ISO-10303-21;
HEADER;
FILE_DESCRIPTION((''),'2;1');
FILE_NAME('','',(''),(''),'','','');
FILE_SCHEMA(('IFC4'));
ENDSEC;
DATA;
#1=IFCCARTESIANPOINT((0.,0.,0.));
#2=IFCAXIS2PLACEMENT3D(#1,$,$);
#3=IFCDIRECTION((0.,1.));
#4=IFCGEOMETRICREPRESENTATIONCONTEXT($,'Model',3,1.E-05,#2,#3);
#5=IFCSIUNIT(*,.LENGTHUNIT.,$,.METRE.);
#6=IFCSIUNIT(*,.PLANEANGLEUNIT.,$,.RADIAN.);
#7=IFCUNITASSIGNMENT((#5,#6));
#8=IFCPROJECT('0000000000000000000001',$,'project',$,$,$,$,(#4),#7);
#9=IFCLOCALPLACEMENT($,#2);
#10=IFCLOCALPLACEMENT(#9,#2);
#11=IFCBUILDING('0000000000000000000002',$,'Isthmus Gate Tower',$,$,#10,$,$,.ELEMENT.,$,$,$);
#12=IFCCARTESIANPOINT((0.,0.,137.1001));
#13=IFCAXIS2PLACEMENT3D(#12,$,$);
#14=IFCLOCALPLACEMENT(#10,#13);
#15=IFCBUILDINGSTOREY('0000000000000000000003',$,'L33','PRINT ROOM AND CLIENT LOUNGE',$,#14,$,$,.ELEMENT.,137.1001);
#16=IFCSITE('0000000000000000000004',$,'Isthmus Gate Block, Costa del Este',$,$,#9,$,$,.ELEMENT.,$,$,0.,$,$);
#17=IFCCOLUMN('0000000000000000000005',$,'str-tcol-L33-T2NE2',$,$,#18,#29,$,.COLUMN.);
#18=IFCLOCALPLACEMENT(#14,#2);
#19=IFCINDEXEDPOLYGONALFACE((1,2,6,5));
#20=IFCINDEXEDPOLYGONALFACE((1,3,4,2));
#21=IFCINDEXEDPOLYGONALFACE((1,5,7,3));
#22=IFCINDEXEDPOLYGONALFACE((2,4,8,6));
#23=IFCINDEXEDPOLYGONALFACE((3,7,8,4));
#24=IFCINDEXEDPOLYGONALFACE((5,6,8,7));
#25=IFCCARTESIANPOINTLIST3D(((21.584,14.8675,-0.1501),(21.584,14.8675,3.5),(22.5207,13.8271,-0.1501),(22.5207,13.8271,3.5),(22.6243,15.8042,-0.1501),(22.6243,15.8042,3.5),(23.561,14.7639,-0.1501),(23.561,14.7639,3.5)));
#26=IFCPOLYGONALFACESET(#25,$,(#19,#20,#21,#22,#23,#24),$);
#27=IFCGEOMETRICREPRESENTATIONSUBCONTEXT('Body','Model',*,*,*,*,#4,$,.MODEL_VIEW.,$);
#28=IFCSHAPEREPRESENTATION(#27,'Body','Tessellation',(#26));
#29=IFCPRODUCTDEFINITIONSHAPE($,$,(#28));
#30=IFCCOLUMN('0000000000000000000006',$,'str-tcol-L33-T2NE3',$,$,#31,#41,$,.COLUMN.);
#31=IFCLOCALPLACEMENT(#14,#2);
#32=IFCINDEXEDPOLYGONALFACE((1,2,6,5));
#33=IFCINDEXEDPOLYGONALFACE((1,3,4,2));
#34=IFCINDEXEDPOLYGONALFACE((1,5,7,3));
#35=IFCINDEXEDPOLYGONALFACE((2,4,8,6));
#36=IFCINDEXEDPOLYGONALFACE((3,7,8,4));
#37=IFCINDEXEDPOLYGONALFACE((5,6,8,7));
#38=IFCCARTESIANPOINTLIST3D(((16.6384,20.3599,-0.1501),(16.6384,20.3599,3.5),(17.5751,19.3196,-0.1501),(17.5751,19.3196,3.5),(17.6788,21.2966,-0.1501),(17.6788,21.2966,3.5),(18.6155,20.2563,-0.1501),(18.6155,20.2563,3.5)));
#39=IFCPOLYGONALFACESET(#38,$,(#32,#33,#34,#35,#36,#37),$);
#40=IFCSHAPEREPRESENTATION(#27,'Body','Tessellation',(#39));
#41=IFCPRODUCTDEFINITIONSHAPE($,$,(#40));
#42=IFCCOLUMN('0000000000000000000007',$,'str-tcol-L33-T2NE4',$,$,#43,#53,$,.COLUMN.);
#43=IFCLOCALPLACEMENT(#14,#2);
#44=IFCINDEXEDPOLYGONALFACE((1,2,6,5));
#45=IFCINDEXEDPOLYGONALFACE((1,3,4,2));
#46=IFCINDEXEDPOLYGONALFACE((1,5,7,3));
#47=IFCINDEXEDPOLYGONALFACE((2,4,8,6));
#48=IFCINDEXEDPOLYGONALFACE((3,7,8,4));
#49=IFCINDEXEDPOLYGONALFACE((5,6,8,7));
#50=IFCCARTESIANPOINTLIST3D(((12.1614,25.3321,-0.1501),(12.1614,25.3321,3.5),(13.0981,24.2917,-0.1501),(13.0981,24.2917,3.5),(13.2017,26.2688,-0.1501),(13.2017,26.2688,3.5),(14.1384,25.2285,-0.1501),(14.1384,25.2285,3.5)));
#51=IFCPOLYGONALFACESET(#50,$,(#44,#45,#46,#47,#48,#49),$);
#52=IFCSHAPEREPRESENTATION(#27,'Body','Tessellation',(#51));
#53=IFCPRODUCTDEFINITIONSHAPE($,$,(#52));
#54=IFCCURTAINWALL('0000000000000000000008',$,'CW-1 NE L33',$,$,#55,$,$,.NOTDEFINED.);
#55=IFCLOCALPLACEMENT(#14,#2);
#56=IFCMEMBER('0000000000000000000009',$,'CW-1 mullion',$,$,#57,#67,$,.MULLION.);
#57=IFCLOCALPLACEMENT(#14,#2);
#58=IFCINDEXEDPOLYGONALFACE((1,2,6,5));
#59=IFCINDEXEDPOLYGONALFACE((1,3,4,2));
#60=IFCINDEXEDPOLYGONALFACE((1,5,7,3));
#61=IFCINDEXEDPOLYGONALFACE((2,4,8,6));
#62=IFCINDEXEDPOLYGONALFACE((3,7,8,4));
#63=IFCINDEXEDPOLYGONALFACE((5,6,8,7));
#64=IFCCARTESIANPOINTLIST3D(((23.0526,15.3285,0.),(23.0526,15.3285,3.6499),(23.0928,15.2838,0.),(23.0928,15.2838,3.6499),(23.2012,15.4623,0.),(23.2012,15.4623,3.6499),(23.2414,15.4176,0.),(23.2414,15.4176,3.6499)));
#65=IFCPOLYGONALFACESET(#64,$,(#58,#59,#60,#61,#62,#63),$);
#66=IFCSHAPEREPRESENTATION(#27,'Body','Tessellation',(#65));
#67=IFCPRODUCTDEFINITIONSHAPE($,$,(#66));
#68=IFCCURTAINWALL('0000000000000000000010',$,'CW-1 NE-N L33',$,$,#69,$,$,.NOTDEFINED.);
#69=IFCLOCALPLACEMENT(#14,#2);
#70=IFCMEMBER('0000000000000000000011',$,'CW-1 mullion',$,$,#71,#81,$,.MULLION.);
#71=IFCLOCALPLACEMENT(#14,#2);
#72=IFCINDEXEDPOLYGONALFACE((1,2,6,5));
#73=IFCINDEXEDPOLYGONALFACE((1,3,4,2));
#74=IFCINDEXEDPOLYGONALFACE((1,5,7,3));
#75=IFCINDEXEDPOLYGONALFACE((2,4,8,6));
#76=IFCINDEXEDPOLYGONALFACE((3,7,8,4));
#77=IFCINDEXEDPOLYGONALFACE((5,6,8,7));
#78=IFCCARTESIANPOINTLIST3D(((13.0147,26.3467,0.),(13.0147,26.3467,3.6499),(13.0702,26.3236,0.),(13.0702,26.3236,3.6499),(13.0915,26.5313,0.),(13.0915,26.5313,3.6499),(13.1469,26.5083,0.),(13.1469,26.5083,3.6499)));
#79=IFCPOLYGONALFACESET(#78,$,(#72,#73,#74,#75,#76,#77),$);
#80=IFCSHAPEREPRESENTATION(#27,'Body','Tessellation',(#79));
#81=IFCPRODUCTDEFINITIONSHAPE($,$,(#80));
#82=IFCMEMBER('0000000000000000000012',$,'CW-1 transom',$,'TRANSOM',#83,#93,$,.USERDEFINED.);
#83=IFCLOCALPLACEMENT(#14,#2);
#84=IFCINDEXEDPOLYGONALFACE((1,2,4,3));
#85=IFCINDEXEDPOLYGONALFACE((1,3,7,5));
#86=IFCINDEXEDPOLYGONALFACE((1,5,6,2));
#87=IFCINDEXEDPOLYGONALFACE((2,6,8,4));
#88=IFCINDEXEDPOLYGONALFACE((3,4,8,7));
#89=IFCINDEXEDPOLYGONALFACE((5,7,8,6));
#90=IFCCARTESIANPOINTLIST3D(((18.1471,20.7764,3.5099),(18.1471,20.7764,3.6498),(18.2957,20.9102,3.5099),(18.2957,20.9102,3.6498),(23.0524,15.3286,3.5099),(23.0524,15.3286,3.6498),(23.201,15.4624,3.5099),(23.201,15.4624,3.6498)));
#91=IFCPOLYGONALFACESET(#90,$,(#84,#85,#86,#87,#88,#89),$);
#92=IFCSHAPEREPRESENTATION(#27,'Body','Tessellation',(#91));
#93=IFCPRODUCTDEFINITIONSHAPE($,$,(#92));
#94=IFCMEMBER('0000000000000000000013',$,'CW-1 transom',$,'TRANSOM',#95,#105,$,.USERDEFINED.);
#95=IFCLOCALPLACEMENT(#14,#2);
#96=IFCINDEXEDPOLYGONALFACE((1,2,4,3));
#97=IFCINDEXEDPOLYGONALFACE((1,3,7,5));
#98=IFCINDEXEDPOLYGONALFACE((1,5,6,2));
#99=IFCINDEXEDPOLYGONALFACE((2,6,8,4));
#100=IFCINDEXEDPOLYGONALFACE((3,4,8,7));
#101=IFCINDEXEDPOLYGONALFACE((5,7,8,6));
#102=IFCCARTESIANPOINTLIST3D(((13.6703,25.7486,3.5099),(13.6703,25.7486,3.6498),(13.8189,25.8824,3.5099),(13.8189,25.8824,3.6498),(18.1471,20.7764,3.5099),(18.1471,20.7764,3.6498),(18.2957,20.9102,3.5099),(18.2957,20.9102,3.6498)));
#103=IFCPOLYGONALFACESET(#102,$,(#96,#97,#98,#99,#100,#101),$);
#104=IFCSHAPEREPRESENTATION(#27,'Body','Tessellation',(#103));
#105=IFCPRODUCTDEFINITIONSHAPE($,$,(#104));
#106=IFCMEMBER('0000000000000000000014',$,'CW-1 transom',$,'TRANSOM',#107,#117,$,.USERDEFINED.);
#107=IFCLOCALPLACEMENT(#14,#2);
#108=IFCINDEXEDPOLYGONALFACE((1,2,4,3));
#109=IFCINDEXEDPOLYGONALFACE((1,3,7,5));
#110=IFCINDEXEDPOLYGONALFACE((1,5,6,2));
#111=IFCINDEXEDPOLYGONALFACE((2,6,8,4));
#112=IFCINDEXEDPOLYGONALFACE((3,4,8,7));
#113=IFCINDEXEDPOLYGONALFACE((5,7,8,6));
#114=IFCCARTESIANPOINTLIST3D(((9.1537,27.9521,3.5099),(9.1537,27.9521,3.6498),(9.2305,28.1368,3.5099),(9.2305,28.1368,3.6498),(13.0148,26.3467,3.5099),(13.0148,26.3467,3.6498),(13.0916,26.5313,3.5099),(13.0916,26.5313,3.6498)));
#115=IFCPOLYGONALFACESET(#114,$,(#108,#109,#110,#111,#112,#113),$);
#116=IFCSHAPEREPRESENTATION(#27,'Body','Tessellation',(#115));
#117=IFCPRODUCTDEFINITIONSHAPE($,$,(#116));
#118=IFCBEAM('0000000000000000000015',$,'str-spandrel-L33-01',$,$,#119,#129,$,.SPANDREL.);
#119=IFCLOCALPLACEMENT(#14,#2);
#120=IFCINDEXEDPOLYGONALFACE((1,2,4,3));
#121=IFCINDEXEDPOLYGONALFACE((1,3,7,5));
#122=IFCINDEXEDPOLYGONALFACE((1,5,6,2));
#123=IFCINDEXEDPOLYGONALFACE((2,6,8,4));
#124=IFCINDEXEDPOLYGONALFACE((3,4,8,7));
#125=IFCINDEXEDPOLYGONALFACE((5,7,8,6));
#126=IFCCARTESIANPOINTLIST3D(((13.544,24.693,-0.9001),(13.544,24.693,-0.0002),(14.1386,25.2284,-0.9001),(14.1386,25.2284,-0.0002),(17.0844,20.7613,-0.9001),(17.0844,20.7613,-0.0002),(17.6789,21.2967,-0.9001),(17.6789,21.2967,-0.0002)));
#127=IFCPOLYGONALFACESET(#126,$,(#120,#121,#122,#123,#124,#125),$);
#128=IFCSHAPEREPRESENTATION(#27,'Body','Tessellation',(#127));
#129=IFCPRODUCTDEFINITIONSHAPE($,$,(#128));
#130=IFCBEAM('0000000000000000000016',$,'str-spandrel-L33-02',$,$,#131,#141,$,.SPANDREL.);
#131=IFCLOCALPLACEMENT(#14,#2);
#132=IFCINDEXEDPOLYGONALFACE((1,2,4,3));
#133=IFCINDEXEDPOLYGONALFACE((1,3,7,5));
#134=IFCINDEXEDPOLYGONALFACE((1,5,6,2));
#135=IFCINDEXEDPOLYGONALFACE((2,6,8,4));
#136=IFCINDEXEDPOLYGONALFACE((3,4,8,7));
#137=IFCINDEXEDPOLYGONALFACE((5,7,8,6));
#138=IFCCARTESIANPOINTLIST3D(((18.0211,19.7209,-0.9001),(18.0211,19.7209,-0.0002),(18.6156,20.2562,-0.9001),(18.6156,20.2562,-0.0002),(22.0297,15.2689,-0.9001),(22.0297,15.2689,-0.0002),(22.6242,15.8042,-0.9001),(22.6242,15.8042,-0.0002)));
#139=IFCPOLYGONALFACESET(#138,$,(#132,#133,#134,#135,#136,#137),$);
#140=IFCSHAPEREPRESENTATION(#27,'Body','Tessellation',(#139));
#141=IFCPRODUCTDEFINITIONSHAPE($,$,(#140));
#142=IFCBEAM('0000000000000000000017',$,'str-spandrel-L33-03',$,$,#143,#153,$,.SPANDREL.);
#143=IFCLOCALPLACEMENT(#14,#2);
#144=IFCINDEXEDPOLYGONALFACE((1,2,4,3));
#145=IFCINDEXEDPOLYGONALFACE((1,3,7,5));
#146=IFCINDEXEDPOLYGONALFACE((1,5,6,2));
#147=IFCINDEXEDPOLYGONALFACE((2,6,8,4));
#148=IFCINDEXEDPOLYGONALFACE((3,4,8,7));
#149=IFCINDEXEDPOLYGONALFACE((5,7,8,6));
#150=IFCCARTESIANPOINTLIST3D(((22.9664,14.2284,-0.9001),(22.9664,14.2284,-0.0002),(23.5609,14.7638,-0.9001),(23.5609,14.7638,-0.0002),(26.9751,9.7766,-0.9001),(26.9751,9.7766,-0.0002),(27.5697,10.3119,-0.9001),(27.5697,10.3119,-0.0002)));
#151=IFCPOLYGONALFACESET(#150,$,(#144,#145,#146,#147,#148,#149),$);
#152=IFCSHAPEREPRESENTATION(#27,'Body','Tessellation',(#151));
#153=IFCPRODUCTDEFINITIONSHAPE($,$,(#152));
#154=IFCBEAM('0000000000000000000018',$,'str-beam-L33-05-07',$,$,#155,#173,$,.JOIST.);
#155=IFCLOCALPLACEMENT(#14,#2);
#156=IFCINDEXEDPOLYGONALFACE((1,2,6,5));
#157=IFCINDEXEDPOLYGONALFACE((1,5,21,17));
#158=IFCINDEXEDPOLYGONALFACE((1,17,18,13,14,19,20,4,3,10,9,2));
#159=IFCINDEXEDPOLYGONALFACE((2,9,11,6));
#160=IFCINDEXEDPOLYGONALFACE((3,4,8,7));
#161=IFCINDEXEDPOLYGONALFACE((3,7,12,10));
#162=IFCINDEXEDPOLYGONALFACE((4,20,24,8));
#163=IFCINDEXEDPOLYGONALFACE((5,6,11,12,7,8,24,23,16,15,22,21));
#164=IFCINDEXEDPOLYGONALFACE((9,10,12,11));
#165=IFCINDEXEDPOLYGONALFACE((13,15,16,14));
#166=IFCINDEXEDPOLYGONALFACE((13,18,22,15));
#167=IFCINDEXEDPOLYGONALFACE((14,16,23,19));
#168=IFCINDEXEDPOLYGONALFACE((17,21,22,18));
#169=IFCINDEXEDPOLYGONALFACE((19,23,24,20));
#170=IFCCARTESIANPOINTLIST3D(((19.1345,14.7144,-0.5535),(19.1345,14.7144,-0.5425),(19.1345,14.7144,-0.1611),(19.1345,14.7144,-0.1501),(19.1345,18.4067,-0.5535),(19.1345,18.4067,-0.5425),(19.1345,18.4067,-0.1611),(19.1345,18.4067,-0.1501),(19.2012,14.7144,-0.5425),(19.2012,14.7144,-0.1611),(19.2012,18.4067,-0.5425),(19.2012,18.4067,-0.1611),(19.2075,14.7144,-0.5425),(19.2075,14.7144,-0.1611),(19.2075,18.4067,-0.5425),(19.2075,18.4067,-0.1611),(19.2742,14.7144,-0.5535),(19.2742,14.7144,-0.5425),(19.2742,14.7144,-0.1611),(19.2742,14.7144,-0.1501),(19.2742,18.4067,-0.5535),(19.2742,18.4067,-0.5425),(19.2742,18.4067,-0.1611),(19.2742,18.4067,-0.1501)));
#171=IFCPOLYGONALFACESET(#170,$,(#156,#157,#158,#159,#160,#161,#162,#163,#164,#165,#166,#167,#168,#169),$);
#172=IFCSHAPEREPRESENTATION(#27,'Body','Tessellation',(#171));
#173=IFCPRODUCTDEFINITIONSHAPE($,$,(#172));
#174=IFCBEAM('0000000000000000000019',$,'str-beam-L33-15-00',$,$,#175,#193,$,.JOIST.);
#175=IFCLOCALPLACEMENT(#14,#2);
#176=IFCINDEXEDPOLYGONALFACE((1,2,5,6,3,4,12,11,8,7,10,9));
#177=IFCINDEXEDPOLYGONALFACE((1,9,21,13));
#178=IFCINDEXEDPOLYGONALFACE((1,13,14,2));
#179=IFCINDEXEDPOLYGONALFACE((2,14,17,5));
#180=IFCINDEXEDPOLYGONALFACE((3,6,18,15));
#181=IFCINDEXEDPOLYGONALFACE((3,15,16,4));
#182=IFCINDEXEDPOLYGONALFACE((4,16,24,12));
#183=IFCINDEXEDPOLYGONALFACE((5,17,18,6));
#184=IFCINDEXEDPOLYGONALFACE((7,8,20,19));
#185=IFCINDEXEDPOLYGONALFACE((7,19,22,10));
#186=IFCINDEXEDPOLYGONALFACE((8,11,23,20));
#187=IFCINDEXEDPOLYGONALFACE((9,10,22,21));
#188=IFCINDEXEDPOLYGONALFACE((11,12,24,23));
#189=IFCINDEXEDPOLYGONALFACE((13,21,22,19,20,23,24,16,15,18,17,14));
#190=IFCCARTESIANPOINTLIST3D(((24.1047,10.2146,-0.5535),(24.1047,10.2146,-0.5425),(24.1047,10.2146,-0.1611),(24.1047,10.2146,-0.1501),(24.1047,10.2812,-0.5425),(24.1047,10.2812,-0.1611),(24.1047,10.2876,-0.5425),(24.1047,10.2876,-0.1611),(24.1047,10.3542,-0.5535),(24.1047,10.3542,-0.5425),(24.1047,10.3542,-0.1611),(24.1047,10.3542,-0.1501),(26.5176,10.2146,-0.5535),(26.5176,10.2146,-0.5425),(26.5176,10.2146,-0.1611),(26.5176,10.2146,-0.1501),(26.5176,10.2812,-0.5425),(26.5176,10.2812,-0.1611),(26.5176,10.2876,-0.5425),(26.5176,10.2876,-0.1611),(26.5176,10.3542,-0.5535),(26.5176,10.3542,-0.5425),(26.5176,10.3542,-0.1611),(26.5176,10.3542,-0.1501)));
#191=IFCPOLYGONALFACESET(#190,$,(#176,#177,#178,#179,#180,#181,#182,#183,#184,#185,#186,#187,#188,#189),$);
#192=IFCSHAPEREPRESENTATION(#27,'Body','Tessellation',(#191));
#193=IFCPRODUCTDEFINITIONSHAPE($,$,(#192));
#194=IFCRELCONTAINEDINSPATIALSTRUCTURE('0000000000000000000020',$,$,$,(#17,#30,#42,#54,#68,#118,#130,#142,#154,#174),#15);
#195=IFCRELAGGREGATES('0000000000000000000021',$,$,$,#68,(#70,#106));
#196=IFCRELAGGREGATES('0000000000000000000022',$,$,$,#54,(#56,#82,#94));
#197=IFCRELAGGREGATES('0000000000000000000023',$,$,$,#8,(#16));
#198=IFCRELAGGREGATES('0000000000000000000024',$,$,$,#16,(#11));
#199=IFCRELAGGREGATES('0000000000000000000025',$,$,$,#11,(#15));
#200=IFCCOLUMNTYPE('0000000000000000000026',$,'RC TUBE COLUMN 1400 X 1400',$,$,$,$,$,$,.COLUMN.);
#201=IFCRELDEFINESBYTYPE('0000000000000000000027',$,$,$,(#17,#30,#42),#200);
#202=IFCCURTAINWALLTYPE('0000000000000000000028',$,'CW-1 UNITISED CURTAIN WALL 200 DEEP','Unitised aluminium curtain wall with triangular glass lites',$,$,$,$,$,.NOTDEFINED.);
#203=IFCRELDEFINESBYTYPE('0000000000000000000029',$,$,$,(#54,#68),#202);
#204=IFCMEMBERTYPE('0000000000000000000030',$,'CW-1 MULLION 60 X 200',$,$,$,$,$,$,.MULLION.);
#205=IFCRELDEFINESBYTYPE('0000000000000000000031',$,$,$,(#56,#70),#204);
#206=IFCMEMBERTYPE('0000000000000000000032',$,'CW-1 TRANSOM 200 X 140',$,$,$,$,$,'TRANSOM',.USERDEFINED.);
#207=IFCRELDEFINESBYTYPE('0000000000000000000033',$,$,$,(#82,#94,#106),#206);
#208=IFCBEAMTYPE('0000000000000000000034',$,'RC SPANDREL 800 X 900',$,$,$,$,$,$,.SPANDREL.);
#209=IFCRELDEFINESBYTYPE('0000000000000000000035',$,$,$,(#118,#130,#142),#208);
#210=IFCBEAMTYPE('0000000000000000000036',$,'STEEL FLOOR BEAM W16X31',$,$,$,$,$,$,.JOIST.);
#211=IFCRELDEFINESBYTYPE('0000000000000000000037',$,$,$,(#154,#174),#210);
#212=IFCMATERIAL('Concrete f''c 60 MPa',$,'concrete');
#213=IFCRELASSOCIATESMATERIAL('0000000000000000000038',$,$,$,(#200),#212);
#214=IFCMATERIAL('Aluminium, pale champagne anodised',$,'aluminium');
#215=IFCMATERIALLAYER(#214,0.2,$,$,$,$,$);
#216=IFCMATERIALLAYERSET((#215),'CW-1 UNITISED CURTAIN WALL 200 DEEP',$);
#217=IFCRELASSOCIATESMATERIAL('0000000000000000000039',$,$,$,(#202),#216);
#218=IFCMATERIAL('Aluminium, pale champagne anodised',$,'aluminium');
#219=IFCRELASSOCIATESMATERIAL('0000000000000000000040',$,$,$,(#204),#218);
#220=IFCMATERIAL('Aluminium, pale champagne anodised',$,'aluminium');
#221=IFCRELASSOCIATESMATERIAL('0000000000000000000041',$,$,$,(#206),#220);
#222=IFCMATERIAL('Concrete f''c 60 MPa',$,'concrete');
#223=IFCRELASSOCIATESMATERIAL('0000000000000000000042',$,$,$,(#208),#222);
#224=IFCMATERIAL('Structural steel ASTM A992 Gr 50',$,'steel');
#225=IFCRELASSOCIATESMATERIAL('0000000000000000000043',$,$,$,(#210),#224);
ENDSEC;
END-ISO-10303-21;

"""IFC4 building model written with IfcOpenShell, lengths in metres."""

from ifc_helpers import new_model, si_unit, direction, frame, origin, origin_2d, place, context, subcontext, project, spatial, rectangle, i_section, extrude, material, layer, layer_set, material_profile, profile_set, type_object, element, aggregate, save


model = new_model("IFC4")

# Units and contexts
model_context = context("Model", 3, precision=1e-05, world=origin(), true_north=direction((0.0, 1.0)))
body_context = subcontext(model_context, "Body", "Model", "MODEL_VIEW")
ifc_project = project(units=[si_unit("LENGTHUNIT", "METRE"), si_unit("PLANEANGLEUNIT", "RADIAN")], contexts=[model_context])

# Site, building, storey
site_placement = place(None, origin())
site = spatial("IfcSite", under=ifc_project, at=site_placement, Name="Isthmus Gate Block, Costa del Este", CompositionType="ELEMENT", RefElevation=0.0)
building_placement = place(site_placement, origin())
building = spatial("IfcBuilding", under=site, at=building_placement, Name="Isthmus Gate Tower", CompositionType="ELEMENT")
storey_placement = place(building_placement, frame((0.0, 0.0, 137.1001)))
storey = spatial("IfcBuildingStorey", under=building, at=storey_placement, Name="L33", Description="PRINT ROOM AND CLIENT LOUNGE", CompositionType="ELEMENT", Elevation=137.1001)

# Columns
ifc_material_1 = material(Name="Concrete f'c 60 MPa", Category="concrete")
ifc_material_profile_1 = material_profile(ifc_material_1, rectangle(XDim=1.3999, YDim=1.3999, at=origin_2d()), Name="RC 1400X1400")
ifc_profile_set_1 = profile_set([ifc_material_profile_1], Name="Concrete f'c 60 MPa")
column_type = type_object("IfcColumnType", Name="RC TUBE COLUMN 1400 X 1400", PredefinedType="COLUMN", material=ifc_profile_set_1)
for number, where, z_axis, x_axis, name in (
    (1, (22.5725, 14.8157, -0.1501), (0.0, 0.0, 1.0), (-0.669131, 0.743145, 0.0), "str-tcol-L33-T2NE2"),
    (2, (17.627, 20.3081, -0.1501), (0.0, 0.0, 1.0), (-0.669131, 0.743145, 0.0), "str-tcol-L33-T2NE3"),
    (3, (13.1499, 25.2803, -0.1501), (0.0, 0.0, 1.0), (-0.669131, 0.743145, 0.0), "str-tcol-L33-T2NE4"),
):
    element("IfcColumn", number, at=place(storey_placement, frame(where, z_axis=z_axis, x_axis=x_axis)), inside=storey, type_object=column_type, Name=name, PredefinedType="COLUMN", context=body_context, shape_type="SweptSolid", body=[
        extrude(rectangle(XDim=1.3999, YDim=1.3999, at=origin_2d()), origin(), (0.0, 0.0, 1.0), 3.6501),
    ])

# Curtain walls, members
ifc_material_2 = material(Name="Aluminium, pale champagne anodised", Category="aluminium")
ifc_layer_1 = layer(ifc_material_2, 0.2)
ifc_layer_set_1 = layer_set([ifc_layer_1], Name="CW-1 UNITISED CURTAIN WALL 200 DEEP")
curtain_wall_type = type_object("IfcCurtainWallType", Name="CW-1 UNITISED CURTAIN WALL 200 DEEP", Description="Unitised aluminium curtain wall with triangular glass lites", PredefinedType="NOTDEFINED", material=ifc_layer_set_1)
curtain_wall_1_placement = place(storey_placement, origin())
curtain_wall_1 = element("IfcCurtainWall", 4, at=curtain_wall_1_placement, inside=storey, type_object=curtain_wall_type, Name="CW-1 NE L33", PredefinedType="NOTDEFINED")
ifc_material_3 = material(Name="Aluminium, pale champagne anodised", Category="aluminium")
ifc_material_profile_2 = material_profile(ifc_material_3, rectangle(XDim=0.0601, YDim=0.2, at=origin_2d()), Name="60x200")
ifc_profile_set_2 = profile_set([ifc_material_profile_2], Name="Aluminium, pale champagne anodised")
member_type_1 = type_object("IfcMemberType", Name="CW-1 MULLION 60 X 200", PredefinedType="MULLION", material=ifc_profile_set_2)
member_1_placement = place(storey_placement, frame((23.147, 15.373, 0.0), z_axis=(0.0, 0.0, 1.0), x_axis=(-0.669131, 0.743145, 0.0)))
member_1 = element("IfcMember", 5, at=member_1_placement, type_object=member_type_1, Name="CW-1 mullion", PredefinedType="MULLION", context=body_context, shape_type="SweptSolid", body=[
    extrude(rectangle(XDim=0.0601, YDim=0.2, at=origin_2d()), origin(), (0.0, 0.0, 1.0), 3.6499),
])
curtain_wall_2_placement = place(storey_placement, origin())
curtain_wall_2 = element("IfcCurtainWall", 6, at=curtain_wall_2_placement, inside=storey, type_object=curtain_wall_type, Name="CW-1 NE-N L33", PredefinedType="NOTDEFINED")
member_2_placement = place(storey_placement, frame((13.0808, 26.4275, 0.0), z_axis=(0.0, 0.0, 1.0), x_axis=(-0.923353, 0.383952, 0.0)))
member_2 = element("IfcMember", 7, at=member_2_placement, type_object=member_type_1, Name="CW-1 mullion", PredefinedType="MULLION", context=body_context, shape_type="SweptSolid", body=[
    extrude(rectangle(XDim=0.0601, YDim=0.2, at=origin_2d()), origin(), (0.0, 0.0, 1.0), 3.6499),
])

# Members
ifc_material_4 = material(Name="Aluminium, pale champagne anodised", Category="aluminium")
ifc_material_profile_3 = material_profile(ifc_material_4, rectangle(XDim=0.2, YDim=0.1399, at=origin_2d()), Name="200x140")
ifc_profile_set_3 = profile_set([ifc_material_profile_3], Name="Aluminium, pale champagne anodised")
member_type_2 = type_object("IfcMemberType", Name="CW-1 TRANSOM 200 X 140", ElementType="TRANSOM", PredefinedType="USERDEFINED", material=ifc_profile_set_3)
member_3_placement = place(storey_placement, frame((23.1267, 15.3955, 3.5798), z_axis=(-0.669138, 0.743138, 0.0), x_axis=(-0.743138, -0.669138, 0.0)))
member_3 = element("IfcMember", 8, at=member_3_placement, type_object=member_type_2, Name="CW-1 transom", ObjectType="TRANSOM", PredefinedType="USERDEFINED", context=body_context, shape_type="SweptSolid", body=[
    extrude(rectangle(XDim=0.2, YDim=0.1399, at=origin_2d()), origin(), (0.0, 0.0, 1.0), 7.3308),
])
member_4_placement = place(storey_placement, frame((18.2214, 20.8433, 3.5798), z_axis=(-0.669118, 0.743156, 0.0), x_axis=(-0.743156, -0.669118, 0.0)))
member_4 = element("IfcMember", 9, at=member_4_placement, type_object=member_type_2, Name="CW-1 transom", ObjectType="TRANSOM", PredefinedType="USERDEFINED", context=body_context, shape_type="SweptSolid", body=[
    extrude(rectangle(XDim=0.2, YDim=0.1399, at=origin_2d()), origin(), (0.0, 0.0, 1.0), 6.6907),
])
member_5_placement = place(storey_placement, frame((13.0532, 26.439, 3.5798), z_axis=(-0.923358, 0.38394, 0.0), x_axis=(-0.38394, -0.923358, 0.0)))
member_5 = element("IfcMember", 10, at=member_5_placement, type_object=member_type_2, Name="CW-1 transom", ObjectType="TRANSOM", PredefinedType="USERDEFINED", context=body_context, shape_type="SweptSolid", body=[
    extrude(rectangle(XDim=0.2, YDim=0.1399, at=origin_2d()), origin(), (0.0, 0.0, 1.0), 4.1816),
])
aggregate(curtain_wall_2, [member_2, member_5])

# Beams
ifc_material_5 = material(Name="Concrete f'c 60 MPa", Category="concrete")
ifc_material_profile_4 = material_profile(ifc_material_5, rectangle(XDim=0.8, YDim=0.8999, at=origin_2d()), Name="RC 800X900")
ifc_profile_set_4 = profile_set([ifc_material_profile_4], Name="Concrete f'c 60 MPa")
beam_type_1 = type_object("IfcBeamType", Name="RC SPANDREL 800 X 900", PredefinedType="SPANDREL", material=ifc_profile_set_4)
beam_1_placement = place(storey_placement, frame((13.8413, 24.9607, -0.4502), z_axis=(0.669153, -0.743124, 0.0), x_axis=(0.743124, 0.669153, 0.0)))
element("IfcBeam", 11, at=beam_1_placement, inside=storey, type_object=beam_type_1, Name="str-spandrel-L33-01", PredefinedType="SPANDREL", context=body_context, shape_type="SweptSolid", body=[
    extrude(rectangle(XDim=0.8, YDim=0.8999, at=origin_2d()), origin(), (0.0, 0.0, 1.0), 5.2908),
])
for number, where, z_axis, x_axis, name in (
    (12, (18.3184, 19.9885, -0.4502), (0.669134, -0.743142, 0.0), (0.743142, 0.669134, 0.0), "str-spandrel-L33-02"),
    (13, (23.2637, 14.4961, -0.4502), (0.669156, -0.743122, 0.0), (0.743122, 0.669156, 0.0), "str-spandrel-L33-03"),
):
    element("IfcBeam", number, at=place(storey_placement, frame(where, z_axis=z_axis, x_axis=x_axis)), inside=storey, type_object=beam_type_1, Name=name, PredefinedType="SPANDREL", context=body_context, shape_type="SweptSolid", body=[
        extrude(rectangle(XDim=0.8, YDim=0.8999, at=origin_2d()), origin(), (0.0, 0.0, 1.0), 5.9907),
    ])
ifc_material_6 = material(Name="Structural steel ASTM A992 Gr 50", Category="steel")
ifc_material_profile_5 = material_profile(ifc_material_6, i_section(OverallWidth=0.1396, OverallDepth=0.4033, WebThickness=0.0063, FlangeThickness=0.011, at=origin_2d()), Name="W16X31")
ifc_profile_set_5 = profile_set([ifc_material_profile_5], Name="Structural steel ASTM A992 Gr 50")
beam_type_2 = type_object("IfcBeamType", Name="STEEL FLOOR BEAM W16X31", PredefinedType="JOIST", material=ifc_profile_set_5)
beam_2_placement = place(storey_placement, frame((19.2043, 14.7144, -0.3518), z_axis=(0.0, 1.0, 0.0), x_axis=(-1.0, 0.0, 0.0)))
element("IfcBeam", 14, at=beam_2_placement, inside=storey, type_object=beam_type_2, Name="str-beam-L33-05-07", PredefinedType="JOIST", context=body_context, shape_type="SweptSolid", body=[
    extrude(i_section(OverallWidth=0.1396, OverallDepth=0.4033, WebThickness=0.0063, FlangeThickness=0.011, at=origin_2d()), origin(), (0.0, 0.0, 1.0), 3.6924),
])
beam_3_placement = place(storey_placement, frame((24.1047, 10.2844, -0.3518), z_axis=(1.0, 0.0, 0.0), x_axis=(0.0, 1.0, 0.0)))
element("IfcBeam", 15, at=beam_3_placement, inside=storey, type_object=beam_type_2, Name="str-beam-L33-15-00", PredefinedType="JOIST", context=body_context, shape_type="SweptSolid", body=[
    extrude(i_section(OverallWidth=0.1396, OverallDepth=0.4033, WebThickness=0.0063, FlangeThickness=0.011, at=origin_2d()), origin(), (0.0, 0.0, 1.0), 2.4128),
])

aggregate(curtain_wall_1, [member_1, member_3, member_4])

save(model, "model.ifc")
